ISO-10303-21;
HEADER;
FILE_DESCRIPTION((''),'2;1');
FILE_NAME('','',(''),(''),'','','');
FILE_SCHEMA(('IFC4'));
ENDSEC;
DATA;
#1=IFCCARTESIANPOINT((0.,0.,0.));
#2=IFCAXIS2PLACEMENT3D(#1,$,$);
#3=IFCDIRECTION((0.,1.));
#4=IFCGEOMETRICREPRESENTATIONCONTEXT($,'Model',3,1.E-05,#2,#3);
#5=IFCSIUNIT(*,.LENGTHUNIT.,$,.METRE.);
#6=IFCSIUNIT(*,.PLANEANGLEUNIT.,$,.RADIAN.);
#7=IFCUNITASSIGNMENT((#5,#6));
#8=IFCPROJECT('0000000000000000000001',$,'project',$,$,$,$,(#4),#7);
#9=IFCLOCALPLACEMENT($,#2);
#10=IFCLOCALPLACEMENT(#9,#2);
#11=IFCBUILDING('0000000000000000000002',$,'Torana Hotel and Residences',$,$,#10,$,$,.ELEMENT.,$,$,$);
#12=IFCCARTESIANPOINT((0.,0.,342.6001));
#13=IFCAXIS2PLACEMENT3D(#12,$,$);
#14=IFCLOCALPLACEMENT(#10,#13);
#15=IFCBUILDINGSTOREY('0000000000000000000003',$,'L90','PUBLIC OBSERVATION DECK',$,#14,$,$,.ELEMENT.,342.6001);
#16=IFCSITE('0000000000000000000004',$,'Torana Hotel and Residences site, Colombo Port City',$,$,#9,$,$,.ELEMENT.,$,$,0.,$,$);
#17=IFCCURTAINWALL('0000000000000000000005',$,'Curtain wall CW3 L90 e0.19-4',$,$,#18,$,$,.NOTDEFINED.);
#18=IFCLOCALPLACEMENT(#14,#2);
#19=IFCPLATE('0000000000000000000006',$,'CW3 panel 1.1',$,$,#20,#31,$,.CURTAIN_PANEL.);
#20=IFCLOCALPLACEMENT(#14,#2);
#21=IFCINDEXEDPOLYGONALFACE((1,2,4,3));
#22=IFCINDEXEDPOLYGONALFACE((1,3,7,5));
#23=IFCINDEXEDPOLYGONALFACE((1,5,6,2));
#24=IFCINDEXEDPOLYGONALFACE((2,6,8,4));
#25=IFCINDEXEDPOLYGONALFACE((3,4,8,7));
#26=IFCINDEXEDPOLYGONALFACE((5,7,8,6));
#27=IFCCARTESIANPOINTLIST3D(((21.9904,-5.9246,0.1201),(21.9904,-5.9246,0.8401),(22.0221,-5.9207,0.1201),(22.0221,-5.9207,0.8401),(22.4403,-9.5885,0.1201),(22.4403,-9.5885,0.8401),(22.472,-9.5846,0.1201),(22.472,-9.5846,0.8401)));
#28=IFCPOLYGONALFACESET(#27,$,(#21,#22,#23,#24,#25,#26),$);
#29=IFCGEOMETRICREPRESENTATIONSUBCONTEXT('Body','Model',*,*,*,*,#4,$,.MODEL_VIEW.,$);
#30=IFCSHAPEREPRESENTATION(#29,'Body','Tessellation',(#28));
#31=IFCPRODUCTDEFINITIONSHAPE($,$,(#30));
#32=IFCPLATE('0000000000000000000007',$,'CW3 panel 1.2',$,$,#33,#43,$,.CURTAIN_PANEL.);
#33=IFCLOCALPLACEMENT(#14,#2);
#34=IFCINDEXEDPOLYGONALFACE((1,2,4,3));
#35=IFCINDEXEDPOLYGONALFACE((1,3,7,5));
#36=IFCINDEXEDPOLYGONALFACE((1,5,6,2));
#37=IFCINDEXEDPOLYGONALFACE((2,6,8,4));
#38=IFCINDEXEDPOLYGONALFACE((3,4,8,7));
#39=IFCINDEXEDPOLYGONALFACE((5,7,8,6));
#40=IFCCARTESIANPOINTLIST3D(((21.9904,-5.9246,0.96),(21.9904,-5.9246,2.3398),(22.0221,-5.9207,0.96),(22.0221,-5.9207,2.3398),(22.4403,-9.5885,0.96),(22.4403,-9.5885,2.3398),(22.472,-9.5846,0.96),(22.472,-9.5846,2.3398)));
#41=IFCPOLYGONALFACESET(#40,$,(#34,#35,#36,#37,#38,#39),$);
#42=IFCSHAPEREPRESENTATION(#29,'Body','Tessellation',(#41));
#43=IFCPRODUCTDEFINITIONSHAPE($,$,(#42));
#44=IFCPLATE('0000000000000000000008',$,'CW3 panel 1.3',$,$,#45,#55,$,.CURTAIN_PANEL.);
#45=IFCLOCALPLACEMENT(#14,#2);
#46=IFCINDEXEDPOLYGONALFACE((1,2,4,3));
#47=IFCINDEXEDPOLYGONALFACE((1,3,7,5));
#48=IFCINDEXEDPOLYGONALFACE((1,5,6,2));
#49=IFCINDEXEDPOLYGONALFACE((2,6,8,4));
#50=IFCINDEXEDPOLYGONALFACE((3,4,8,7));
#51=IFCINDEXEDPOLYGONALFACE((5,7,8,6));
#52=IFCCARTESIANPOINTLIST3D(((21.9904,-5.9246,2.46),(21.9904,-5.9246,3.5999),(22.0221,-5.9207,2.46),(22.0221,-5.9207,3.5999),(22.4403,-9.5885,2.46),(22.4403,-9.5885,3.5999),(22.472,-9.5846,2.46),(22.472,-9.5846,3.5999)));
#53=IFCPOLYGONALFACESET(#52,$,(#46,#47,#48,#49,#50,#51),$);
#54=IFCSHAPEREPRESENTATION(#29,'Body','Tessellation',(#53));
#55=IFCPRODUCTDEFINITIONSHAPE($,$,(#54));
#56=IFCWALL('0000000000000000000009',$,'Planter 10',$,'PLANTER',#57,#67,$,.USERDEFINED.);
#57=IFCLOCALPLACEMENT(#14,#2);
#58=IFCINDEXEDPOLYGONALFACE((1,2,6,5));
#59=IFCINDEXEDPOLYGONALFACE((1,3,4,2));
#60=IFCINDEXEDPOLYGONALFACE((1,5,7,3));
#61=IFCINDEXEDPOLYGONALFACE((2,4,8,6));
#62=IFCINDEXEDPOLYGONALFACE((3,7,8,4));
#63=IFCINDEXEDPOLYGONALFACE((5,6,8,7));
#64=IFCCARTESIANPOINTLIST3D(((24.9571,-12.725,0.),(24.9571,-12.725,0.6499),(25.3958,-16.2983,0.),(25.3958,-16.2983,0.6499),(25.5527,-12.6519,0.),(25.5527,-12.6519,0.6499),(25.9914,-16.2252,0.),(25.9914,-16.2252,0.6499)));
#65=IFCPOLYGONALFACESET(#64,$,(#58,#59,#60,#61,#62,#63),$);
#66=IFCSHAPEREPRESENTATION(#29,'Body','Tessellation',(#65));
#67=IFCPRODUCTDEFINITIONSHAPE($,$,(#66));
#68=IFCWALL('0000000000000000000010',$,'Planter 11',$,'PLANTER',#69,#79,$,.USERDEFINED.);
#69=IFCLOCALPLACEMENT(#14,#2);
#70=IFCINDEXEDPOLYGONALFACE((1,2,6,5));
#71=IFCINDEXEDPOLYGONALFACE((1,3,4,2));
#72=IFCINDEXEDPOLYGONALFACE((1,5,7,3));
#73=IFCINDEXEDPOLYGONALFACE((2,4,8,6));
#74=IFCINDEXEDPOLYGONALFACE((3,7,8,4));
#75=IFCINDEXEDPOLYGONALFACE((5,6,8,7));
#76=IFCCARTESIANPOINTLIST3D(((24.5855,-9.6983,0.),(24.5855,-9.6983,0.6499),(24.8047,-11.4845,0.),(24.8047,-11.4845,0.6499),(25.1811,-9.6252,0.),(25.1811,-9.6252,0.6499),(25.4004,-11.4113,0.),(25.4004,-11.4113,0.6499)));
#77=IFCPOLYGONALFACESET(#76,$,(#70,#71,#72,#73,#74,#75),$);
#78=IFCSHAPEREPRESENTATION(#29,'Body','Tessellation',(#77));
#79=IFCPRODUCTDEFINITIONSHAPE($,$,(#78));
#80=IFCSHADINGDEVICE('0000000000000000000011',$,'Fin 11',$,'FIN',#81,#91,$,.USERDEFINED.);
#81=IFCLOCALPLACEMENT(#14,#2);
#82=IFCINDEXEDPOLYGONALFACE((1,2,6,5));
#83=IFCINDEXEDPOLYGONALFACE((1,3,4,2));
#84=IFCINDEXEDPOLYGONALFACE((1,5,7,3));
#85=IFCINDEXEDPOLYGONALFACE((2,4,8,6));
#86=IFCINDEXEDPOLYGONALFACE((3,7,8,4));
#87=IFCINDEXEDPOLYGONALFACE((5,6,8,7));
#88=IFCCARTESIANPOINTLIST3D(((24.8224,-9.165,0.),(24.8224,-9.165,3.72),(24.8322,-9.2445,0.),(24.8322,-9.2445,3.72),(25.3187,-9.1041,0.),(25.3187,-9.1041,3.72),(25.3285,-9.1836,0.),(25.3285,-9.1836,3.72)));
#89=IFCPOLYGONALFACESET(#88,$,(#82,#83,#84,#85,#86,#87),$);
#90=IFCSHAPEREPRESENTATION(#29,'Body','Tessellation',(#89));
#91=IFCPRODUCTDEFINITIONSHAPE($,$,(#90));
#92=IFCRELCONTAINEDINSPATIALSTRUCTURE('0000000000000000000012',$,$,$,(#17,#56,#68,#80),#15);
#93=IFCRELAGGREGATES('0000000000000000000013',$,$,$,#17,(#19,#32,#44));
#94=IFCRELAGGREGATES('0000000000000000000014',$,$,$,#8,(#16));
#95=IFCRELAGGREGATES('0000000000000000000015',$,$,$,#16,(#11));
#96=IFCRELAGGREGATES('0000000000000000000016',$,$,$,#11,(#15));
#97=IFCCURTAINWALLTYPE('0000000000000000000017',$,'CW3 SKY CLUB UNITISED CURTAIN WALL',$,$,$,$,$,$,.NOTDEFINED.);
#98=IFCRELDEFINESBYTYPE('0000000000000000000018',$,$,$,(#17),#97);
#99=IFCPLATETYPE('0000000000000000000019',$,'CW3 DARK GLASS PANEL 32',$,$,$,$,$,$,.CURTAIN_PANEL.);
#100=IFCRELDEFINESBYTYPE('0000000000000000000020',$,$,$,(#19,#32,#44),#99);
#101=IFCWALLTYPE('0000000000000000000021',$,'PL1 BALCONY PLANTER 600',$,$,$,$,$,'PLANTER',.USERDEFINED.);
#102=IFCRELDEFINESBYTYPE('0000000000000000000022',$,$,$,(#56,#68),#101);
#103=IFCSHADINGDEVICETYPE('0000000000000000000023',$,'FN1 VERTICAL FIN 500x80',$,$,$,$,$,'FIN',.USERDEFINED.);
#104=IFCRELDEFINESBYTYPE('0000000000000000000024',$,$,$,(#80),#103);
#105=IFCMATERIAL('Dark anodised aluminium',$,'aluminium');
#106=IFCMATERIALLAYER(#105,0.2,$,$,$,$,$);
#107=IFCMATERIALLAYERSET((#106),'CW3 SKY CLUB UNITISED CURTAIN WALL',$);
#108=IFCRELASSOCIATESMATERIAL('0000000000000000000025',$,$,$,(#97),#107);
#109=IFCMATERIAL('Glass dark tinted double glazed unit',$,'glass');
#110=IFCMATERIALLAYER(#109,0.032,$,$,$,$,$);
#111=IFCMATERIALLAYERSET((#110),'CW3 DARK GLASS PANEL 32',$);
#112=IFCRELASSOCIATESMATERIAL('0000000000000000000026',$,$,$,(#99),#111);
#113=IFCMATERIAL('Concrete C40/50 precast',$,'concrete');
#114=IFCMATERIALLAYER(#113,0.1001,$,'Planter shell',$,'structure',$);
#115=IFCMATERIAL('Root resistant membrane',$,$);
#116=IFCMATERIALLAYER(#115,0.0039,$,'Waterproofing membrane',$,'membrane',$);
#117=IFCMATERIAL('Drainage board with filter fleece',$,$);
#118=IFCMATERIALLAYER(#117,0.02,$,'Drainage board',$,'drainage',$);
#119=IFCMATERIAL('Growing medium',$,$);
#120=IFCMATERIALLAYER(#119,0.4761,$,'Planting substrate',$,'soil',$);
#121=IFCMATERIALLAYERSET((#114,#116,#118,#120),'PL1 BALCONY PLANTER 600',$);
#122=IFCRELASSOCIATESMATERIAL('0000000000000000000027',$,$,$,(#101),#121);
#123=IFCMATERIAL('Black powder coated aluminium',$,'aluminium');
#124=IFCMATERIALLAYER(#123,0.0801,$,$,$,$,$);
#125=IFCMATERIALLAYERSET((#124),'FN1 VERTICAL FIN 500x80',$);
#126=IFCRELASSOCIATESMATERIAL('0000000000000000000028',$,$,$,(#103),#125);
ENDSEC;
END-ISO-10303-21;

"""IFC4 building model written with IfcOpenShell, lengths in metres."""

from ifc_helpers import new_model, si_unit, direction, frame, frame_2d, origin, origin_2d, place, context, subcontext, project, spatial, rectangle, extrude, material, layer, layer_set, type_object, element, aggregate, save


model = new_model("IFC4")

# Units and contexts
model_context = context("Model", 3, precision=1e-05, world=origin(), true_north=direction((0.0, 1.0)))
body_context = subcontext(model_context, "Body", "Model", "MODEL_VIEW")
ifc_project = project(units=[si_unit("LENGTHUNIT", "METRE"), si_unit("PLANEANGLEUNIT", "RADIAN")], contexts=[model_context])

# Site, building, storey
site_placement = place(None, origin())
site = spatial("IfcSite", under=ifc_project, at=site_placement, Name="Torana Hotel and Residences site, Colombo Port City", CompositionType="ELEMENT", RefElevation=0.0)
building_placement = place(site_placement, origin())
building = spatial("IfcBuilding", under=site, at=building_placement, Name="Torana Hotel and Residences", CompositionType="ELEMENT")
storey_placement = place(building_placement, frame((0.0, 0.0, 342.6001)))
storey = spatial("IfcBuildingStorey", under=building, at=storey_placement, Name="L90", Description="PUBLIC OBSERVATION DECK", CompositionType="ELEMENT", Elevation=342.6001)

# Curtain wall
ifc_material_1 = material(Name="Dark anodised aluminium", Category="aluminium")
ifc_layer_1 = layer(ifc_material_1, 0.2)
ifc_layer_set_1 = layer_set([ifc_layer_1], Name="CW3 SKY CLUB UNITISED CURTAIN WALL")
curtain_wall_type = type_object("IfcCurtainWallType", Name="CW3 SKY CLUB UNITISED CURTAIN WALL", PredefinedType="NOTDEFINED", material=ifc_layer_set_1)
curtain_wall_1_placement = place(storey_placement, origin())
curtain_wall_1 = element("IfcCurtainWall", 1, at=curtain_wall_1_placement, inside=storey, type_object=curtain_wall_type, Name="Curtain wall CW3 L90 e0.19-4", PredefinedType="NOTDEFINED")

# Plates
ifc_material_2 = material(Name="Glass dark tinted double glazed unit", Category="glass")
ifc_layer_2 = layer(ifc_material_2, 0.032)
ifc_layer_set_2 = layer_set([ifc_layer_2], Name="CW3 DARK GLASS PANEL 32")
plate_type = type_object("IfcPlateType", Name="CW3 DARK GLASS PANEL 32", PredefinedType="CURTAIN_PANEL", material=ifc_layer_set_2)
plate_1_placement = place(storey_placement, frame((22.2312, -7.7546, 0.1201), z_axis=(0.0, 0.0, 1.0), x_axis=(-0.121885, 0.992544, 0.0)))
plate_1 = element("IfcPlate", 2, at=plate_1_placement, type_object=plate_type, Name="CW3 panel 1.1", PredefinedType="CURTAIN_PANEL", context=body_context, shape_type="SweptSolid", body=[
    extrude(rectangle(XDim=3.6914, YDim=0.032, at=origin_2d()), origin(), (0.0, 0.0, 1.0), 0.72),
])
plate_2_placement = place(storey_placement, frame((22.2312, -7.7546, 0.96), z_axis=(0.0, 0.0, 1.0), x_axis=(-0.121885, 0.992544, 0.0)))
plate_2 = element("IfcPlate", 3, at=plate_2_placement, type_object=plate_type, Name="CW3 panel 1.2", PredefinedType="CURTAIN_PANEL", context=body_context, shape_type="SweptSolid", body=[
    extrude(rectangle(XDim=3.6914, YDim=0.032, at=origin_2d()), origin(), (0.0, 0.0, 1.0), 1.3799),
])
plate_3_placement = place(storey_placement, frame((22.2312, -7.7546, 2.46), z_axis=(0.0, 0.0, 1.0), x_axis=(-0.121885, 0.992544, 0.0)))
plate_3 = element("IfcPlate", 4, at=plate_3_placement, type_object=plate_type, Name="CW3 panel 1.3", PredefinedType="CURTAIN_PANEL", context=body_context, shape_type="SweptSolid", body=[
    extrude(rectangle(XDim=3.6914, YDim=0.032, at=origin_2d()), origin(), (0.0, 0.0, 1.0), 1.1399),
])
aggregate(curtain_wall_1, [plate_1, plate_2, plate_3])

# Walls
ifc_material_3 = material(Name="Concrete C40/50 precast", Category="concrete")
ifc_layer_3 = layer(ifc_material_3, 0.1001, Name="Planter shell", Category="structure")
ifc_material_4 = material(Name="Root resistant membrane")
ifc_layer_4 = layer(ifc_material_4, 0.0039, Name="Waterproofing membrane", Category="membrane")
ifc_material_5 = material(Name="Drainage board with filter fleece")
ifc_layer_5 = layer(ifc_material_5, 0.02, Name="Drainage board", Category="drainage")
ifc_material_6 = material(Name="Growing medium")
ifc_layer_6 = layer(ifc_material_6, 0.4761, Name="Planting substrate", Category="soil")
ifc_layer_set_3 = layer_set([ifc_layer_3, ifc_layer_4, ifc_layer_5, ifc_layer_6], Name="PL1 BALCONY PLANTER 600")
wall_type_1 = type_object("IfcWallType", Name="PL1 BALCONY PLANTER 600", ElementType="PLANTER", PredefinedType="USERDEFINED", material=ifc_layer_set_3)
wall_1_placement = place(storey_placement, frame((25.2549, -12.6885, 0.0), z_axis=(0.0, 0.0, 1.0), x_axis=(0.121864, -0.992547, 0.0)))
element("IfcWall", 5, at=wall_1_placement, inside=storey, type_object=wall_type_1, Name="Planter 10", ObjectType="PLANTER", PredefinedType="USERDEFINED", context=body_context, shape_type="SweptSolid", body=[
    extrude(rectangle(XDim=3.6001, YDim=0.6001, at=frame_2d((1.8, 0.0))), origin(), (0.0, 0.0, 1.0), 0.6499),
])
wall_2_placement = place(storey_placement, frame((24.8833, -9.6616, 0.0), z_axis=(0.0, 0.0, 1.0), x_axis=(0.12183, -0.992551, 0.0)))
element("IfcWall", 6, at=wall_2_placement, inside=storey, type_object=wall_type_1, Name="Planter 11", ObjectType="PLANTER", PredefinedType="USERDEFINED", context=body_context, shape_type="SweptSolid", body=[
    extrude(rectangle(XDim=1.7996, YDim=0.6001, at=frame_2d((0.8999, 0.0))), origin(), (0.0, 0.0, 1.0), 0.6499),
])

# Shading device
ifc_material_7 = material(Name="Black powder coated aluminium", Category="aluminium")
ifc_layer_7 = layer(ifc_material_7, 0.0801)
ifc_layer_set_4 = layer_set([ifc_layer_7], Name="FN1 VERTICAL FIN 500x80")
shading_device_type = type_object("IfcShadingDeviceType", Name="FN1 VERTICAL FIN 500x80", ElementType="FIN", PredefinedType="USERDEFINED", material=ifc_layer_set_4)
shading_device_placement = place(storey_placement, frame((25.0754, -9.1743, 0.0), z_axis=(0.0, 0.0, 1.0), x_axis=(0.121868, -0.992546, 0.0)))
element("IfcShadingDevice", 7, at=shading_device_placement, inside=storey, type_object=shading_device_type, Name="Fin 11", ObjectType="FIN", PredefinedType="USERDEFINED", context=body_context, shape_type="SweptSolid", body=[
    extrude(rectangle(XDim=0.0801, YDim=0.5, at=origin_2d()), origin(), (0.0, 0.0, 1.0), 3.72),
])

save(model, "model.ifc")
